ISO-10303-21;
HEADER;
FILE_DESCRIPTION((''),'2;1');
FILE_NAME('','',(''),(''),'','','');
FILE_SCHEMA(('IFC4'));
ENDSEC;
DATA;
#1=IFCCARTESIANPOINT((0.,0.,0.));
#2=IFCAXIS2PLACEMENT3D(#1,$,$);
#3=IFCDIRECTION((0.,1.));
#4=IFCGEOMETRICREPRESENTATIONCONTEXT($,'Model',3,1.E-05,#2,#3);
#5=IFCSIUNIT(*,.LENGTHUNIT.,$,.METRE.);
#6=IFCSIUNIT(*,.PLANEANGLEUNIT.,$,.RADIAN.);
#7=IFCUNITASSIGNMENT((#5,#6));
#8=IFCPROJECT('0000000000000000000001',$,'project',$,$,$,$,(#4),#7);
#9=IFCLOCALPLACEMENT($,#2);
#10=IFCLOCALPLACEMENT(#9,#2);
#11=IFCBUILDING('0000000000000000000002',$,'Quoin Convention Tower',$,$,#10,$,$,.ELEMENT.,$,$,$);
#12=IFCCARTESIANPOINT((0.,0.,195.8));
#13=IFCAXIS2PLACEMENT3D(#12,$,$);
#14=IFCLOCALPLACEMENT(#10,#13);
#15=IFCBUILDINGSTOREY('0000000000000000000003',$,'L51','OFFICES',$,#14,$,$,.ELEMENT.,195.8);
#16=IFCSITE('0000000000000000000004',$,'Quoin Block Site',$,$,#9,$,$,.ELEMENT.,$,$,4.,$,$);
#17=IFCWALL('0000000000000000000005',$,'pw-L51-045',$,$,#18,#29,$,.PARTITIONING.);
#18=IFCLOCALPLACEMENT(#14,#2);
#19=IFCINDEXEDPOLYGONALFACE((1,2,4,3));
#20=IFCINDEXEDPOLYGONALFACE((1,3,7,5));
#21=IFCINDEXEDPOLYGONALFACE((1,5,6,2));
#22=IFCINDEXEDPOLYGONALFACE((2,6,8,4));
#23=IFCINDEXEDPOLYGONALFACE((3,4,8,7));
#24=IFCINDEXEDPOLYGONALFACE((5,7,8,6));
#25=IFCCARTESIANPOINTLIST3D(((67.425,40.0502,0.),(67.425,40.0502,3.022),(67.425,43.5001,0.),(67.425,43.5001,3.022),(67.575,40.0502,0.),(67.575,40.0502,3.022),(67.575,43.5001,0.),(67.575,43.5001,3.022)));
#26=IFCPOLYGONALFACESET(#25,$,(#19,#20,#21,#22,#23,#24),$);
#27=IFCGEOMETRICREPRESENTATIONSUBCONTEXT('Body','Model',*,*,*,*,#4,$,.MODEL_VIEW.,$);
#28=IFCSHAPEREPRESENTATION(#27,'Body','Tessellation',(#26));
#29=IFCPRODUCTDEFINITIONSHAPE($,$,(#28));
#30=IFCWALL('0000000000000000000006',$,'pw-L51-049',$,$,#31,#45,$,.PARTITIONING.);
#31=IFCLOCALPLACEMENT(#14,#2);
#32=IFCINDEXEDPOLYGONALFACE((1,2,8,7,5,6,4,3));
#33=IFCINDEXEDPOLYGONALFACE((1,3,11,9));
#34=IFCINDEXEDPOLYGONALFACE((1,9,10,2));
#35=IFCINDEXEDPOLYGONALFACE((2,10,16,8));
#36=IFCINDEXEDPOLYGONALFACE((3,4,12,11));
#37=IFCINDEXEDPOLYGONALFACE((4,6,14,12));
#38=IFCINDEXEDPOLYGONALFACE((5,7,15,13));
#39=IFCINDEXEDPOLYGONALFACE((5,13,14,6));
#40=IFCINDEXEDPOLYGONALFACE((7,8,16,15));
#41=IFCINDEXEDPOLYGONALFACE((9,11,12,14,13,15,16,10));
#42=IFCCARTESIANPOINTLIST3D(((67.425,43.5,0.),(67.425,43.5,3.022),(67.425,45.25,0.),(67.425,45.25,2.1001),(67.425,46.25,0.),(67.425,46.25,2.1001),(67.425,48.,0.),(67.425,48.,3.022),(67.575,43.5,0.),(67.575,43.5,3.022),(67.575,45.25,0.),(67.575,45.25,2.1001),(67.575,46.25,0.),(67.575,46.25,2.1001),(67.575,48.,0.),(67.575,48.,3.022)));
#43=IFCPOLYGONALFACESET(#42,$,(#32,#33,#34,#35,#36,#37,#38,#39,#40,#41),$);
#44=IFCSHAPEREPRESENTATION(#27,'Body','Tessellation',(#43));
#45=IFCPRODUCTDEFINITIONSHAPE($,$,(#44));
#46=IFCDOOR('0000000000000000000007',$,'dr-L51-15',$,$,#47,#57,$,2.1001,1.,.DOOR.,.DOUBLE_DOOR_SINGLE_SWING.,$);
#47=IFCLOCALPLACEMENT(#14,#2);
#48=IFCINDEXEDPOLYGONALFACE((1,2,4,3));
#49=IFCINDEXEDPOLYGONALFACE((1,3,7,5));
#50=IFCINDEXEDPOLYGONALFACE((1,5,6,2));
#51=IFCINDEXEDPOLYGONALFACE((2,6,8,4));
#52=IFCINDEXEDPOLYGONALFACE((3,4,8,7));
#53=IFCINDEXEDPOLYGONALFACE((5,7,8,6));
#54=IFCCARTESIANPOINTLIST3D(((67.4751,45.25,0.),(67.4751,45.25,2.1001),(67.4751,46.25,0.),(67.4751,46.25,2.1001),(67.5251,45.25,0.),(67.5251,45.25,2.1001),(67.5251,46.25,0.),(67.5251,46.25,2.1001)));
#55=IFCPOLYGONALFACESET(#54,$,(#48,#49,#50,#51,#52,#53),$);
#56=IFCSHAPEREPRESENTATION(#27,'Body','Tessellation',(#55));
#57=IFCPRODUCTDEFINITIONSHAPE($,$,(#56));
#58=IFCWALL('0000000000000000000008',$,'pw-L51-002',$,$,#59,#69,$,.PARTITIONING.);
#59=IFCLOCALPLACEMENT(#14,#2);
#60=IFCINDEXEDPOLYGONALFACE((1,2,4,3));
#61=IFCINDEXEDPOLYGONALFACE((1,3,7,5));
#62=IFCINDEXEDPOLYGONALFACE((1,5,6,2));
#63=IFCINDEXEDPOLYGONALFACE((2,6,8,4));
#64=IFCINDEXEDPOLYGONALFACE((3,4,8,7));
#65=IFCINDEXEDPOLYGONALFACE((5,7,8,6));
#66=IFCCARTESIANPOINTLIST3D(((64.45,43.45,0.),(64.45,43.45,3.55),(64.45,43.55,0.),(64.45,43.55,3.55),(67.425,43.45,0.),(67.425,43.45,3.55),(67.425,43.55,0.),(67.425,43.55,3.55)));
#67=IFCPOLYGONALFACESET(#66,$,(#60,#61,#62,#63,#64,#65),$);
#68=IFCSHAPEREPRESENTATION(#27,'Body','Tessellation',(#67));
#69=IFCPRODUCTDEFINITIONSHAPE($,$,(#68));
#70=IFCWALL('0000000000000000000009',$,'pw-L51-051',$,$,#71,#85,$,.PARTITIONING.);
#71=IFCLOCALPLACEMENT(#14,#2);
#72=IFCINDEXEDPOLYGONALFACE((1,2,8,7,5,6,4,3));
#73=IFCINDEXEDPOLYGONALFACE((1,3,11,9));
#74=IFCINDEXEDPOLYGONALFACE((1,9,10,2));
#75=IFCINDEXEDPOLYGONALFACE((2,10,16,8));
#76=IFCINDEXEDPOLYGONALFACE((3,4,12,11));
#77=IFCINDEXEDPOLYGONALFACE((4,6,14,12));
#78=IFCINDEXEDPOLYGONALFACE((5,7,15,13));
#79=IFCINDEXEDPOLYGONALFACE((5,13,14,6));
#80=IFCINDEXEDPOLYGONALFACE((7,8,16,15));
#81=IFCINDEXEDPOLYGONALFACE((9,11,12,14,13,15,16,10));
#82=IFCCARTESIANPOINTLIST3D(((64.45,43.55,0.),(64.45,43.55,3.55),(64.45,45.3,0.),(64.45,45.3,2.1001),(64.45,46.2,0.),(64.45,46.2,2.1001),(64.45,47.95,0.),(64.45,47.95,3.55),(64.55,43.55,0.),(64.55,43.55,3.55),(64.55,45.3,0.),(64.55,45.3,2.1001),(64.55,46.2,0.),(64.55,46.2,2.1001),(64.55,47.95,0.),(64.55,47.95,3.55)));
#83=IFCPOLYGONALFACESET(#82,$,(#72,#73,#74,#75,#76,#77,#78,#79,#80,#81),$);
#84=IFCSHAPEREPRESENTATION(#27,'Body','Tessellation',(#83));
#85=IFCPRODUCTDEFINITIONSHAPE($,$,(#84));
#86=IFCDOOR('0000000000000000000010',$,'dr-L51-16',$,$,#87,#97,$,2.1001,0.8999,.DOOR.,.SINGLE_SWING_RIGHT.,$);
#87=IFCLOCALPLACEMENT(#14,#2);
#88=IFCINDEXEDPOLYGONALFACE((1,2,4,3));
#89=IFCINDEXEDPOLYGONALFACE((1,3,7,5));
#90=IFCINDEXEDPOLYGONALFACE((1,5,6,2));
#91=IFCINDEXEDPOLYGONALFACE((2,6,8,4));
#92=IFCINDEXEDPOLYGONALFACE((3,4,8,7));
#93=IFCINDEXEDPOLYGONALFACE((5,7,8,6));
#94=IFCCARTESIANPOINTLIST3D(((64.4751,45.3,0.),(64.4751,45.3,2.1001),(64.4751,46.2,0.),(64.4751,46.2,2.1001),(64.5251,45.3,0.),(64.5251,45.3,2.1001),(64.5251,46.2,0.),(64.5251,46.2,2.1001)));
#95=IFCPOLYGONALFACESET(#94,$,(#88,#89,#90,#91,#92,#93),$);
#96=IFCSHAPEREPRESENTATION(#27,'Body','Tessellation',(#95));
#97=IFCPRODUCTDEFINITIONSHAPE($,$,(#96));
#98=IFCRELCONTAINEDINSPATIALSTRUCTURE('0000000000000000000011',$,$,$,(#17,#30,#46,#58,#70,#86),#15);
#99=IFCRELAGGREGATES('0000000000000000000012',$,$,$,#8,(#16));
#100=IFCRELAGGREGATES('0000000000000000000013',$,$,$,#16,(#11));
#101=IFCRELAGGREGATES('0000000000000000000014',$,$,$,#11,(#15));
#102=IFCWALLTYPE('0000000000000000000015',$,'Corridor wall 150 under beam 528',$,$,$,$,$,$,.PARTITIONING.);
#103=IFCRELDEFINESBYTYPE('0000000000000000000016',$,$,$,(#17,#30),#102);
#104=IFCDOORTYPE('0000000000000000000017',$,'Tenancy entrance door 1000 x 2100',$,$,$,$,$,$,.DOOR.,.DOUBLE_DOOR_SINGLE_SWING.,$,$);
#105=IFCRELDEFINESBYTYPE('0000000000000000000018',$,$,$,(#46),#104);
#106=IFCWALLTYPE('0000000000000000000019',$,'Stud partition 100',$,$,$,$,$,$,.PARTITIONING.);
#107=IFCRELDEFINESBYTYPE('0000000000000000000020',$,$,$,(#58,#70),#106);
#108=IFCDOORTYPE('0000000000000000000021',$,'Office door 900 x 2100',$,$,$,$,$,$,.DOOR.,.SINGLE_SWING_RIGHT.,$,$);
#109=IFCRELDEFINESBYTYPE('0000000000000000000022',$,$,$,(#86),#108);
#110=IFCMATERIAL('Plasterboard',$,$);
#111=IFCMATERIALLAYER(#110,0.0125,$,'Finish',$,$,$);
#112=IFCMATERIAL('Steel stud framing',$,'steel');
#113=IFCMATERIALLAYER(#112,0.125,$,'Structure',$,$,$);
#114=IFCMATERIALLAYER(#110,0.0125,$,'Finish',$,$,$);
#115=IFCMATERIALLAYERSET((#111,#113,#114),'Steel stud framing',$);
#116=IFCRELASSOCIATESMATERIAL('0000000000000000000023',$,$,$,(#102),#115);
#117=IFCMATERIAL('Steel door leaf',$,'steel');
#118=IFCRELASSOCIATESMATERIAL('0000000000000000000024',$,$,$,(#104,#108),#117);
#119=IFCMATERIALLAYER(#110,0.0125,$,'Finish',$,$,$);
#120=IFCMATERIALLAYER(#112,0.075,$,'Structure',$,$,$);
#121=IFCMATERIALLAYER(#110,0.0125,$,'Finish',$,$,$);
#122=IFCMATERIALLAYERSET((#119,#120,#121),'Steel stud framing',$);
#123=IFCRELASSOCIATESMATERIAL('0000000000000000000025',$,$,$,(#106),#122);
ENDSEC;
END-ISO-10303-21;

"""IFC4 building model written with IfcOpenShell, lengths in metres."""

from ifc_helpers import new_model, si_unit, direction, frame, frame_2d, origin, place, context, subcontext, project, spatial, rectangle, extrude, material, layer, layer_set, type_object, element, fill, save


model = new_model("IFC4")

# Units and contexts
model_context = context("Model", 3, precision=1e-05, world=origin(), true_north=direction((0.0, 1.0)))
body_context = subcontext(model_context, "Body", "Model", "MODEL_VIEW")
ifc_project = project(units=[si_unit("LENGTHUNIT", "METRE"), si_unit("PLANEANGLEUNIT", "RADIAN")], contexts=[model_context])

# Site, building, storey
site_placement = place(None, origin())
site = spatial("IfcSite", under=ifc_project, at=site_placement, Name="Quoin Block Site", CompositionType="ELEMENT", RefElevation=4.0)
building_placement = place(site_placement, origin())
building = spatial("IfcBuilding", under=site, at=building_placement, Name="Quoin Convention Tower", CompositionType="ELEMENT")
storey_placement = place(building_placement, frame((0.0, 0.0, 195.8)))
storey = spatial("IfcBuildingStorey", under=building, at=storey_placement, Name="L51", Description="OFFICES", CompositionType="ELEMENT", Elevation=195.8)

# Wall
ifc_material_1 = material(Name="Plasterboard")
ifc_layer_1 = layer(ifc_material_1, 0.0125, Name="Finish")
ifc_material_2 = material(Name="Steel stud framing", Category="steel")
ifc_layer_2 = layer(ifc_material_2, 0.125, Name="Structure")
ifc_layer_3 = layer(ifc_material_1, 0.0125, Name="Finish")
ifc_layer_set_1 = layer_set([ifc_layer_1, ifc_layer_2, ifc_layer_3], Name="Steel stud framing")
wall_type_1 = type_object("IfcWallType", Name="Corridor wall 150 under beam 528", PredefinedType="PARTITIONING", material=ifc_layer_set_1)
wall_1_placement = place(storey_placement, frame((67.5, 40.05, 0.0), z_axis=(0.0, 0.0, 1.0), x_axis=(0.0, 1.0, 0.0)))
element("IfcWall", 1, at=wall_1_placement, inside=storey, type_object=wall_type_1, Name="pw-L51-045", PredefinedType="PARTITIONING", context=body_context, shape_type="SweptSolid", body=[
    extrude(rectangle(XDim=3.45, YDim=0.1499, at=frame_2d((1.7251, 0.0))), origin(), (0.0, 0.0, 1.0), 3.022),
])

# Wall, opening, door
wall_2_placement = place(storey_placement, frame((67.5, 43.5, 0.0), z_axis=(0.0, 0.0, 1.0), x_axis=(0.0, 1.0, 0.0)))
wall_2 = element("IfcWall", 2, at=wall_2_placement, inside=storey, type_object=wall_type_1, Name="pw-L51-049", PredefinedType="PARTITIONING", context=body_context, shape_type="SweptSolid", body=[
    extrude(rectangle(XDim=4.5, YDim=0.1499, at=frame_2d((2.25, 0.0))), origin(), (0.0, 0.0, 1.0), 3.022),
])
opening_1_placement = place(wall_2_placement, frame((1.75, 0.0, 0.0)))
opening_1 = element("IfcOpeningElement", 3, at=opening_1_placement, cuts=wall_2, PredefinedType="OPENING", context=body_context, shape_type="SweptSolid", body=[
    extrude(rectangle(XDim=1.0, YDim=2.1001, at=frame_2d((0.5, 1.05))), frame((0.0, 0.085, 0.0), z_axis=(0.0, -1.0, 0.0), x_axis=(1.0, 0.0, 0.0)), (0.0, 0.0, 1.0), 0.1699),
])
ifc_material_3 = material(Name="Steel door leaf", Category="steel")
door_type_1 = type_object("IfcDoorType", Name="Tenancy entrance door 1000 x 2100", OperationType="DOUBLE_DOOR_SINGLE_SWING", PredefinedType="DOOR", material=ifc_material_3)
door_1_placement = place(opening_1_placement, origin())
door_1 = element("IfcDoor", 4, at=door_1_placement, inside=storey, type_object=door_type_1, Name="dr-L51-15", OperationType="DOUBLE_DOOR_SINGLE_SWING", OverallHeight=2.1001, OverallWidth=1.0, PredefinedType="DOOR", context=body_context, shape_type="SweptSolid", body=[
    extrude(rectangle(XDim=1.0, YDim=2.1001, at=frame_2d((0.5, 1.05))), frame((0.0, 0.0249, 0.0), z_axis=(0.0, -1.0, 0.0), x_axis=(1.0, 0.0, 0.0)), (0.0, 0.0, 1.0), 0.05),
])
fill(opening_1, door_1)

# Wall
ifc_layer_4 = layer(ifc_material_1, 0.0125, Name="Finish")
ifc_layer_5 = layer(ifc_material_2, 0.075, Name="Structure")
ifc_layer_6 = layer(ifc_material_1, 0.0125, Name="Finish")
ifc_layer_set_2 = layer_set([ifc_layer_4, ifc_layer_5, ifc_layer_6], Name="Steel stud framing")
wall_type_2 = type_object("IfcWallType", Name="Stud partition 100", PredefinedType="PARTITIONING", material=ifc_layer_set_2)
wall_3_placement = place(storey_placement, frame((64.45, 43.5, 0.0), z_axis=(0.0, 0.0, 1.0), x_axis=(1.0, 0.0, 0.0)))
element("IfcWall", 5, at=wall_3_placement, inside=storey, type_object=wall_type_2, Name="pw-L51-002", PredefinedType="PARTITIONING", context=body_context, shape_type="SweptSolid", body=[
    extrude(rectangle(XDim=2.9751, YDim=0.1001, at=frame_2d((1.4875, 0.0))), origin(), (0.0, 0.0, 1.0), 3.55),
])

# Wall, opening, door
wall_4_placement = place(storey_placement, frame((64.5, 43.55, 0.0), z_axis=(0.0, 0.0, 1.0), x_axis=(0.0, 1.0, 0.0)))
wall_4 = element("IfcWall", 6, at=wall_4_placement, inside=storey, type_object=wall_type_2, Name="pw-L51-051", PredefinedType="PARTITIONING", context=body_context, shape_type="SweptSolid", body=[
    extrude(rectangle(XDim=4.3999, YDim=0.1001, at=frame_2d((2.2, 0.0))), origin(), (0.0, 0.0, 1.0), 3.55),
])
opening_2_placement = place(wall_4_placement, frame((1.75, 0.0, 0.0)))
opening_2 = element("IfcOpeningElement", 7, at=opening_2_placement, cuts=wall_4, PredefinedType="OPENING", context=body_context, shape_type="SweptSolid", body=[
    extrude(rectangle(XDim=0.8999, YDim=2.1001, at=frame_2d((0.45, 1.05))), frame((0.0, 0.0601, 0.0), z_axis=(0.0, -1.0, 0.0), x_axis=(1.0, 0.0, 0.0)), (0.0, 0.0, 1.0), 0.1201),
])
door_type_2 = type_object("IfcDoorType", Name="Office door 900 x 2100", OperationType="SINGLE_SWING_RIGHT", PredefinedType="DOOR", material=ifc_material_3)
door_2_placement = place(opening_2_placement, origin())
door_2 = element("IfcDoor", 8, at=door_2_placement, inside=storey, type_object=door_type_2, Name="dr-L51-16", OperationType="SINGLE_SWING_RIGHT", OverallHeight=2.1001, OverallWidth=0.8999, PredefinedType="DOOR", context=body_context, shape_type="SweptSolid", body=[
    extrude(rectangle(XDim=0.8999, YDim=2.1001, at=frame_2d((0.45, 1.05))), frame((0.0, 0.0249, 0.0), z_axis=(0.0, -1.0, 0.0), x_axis=(1.0, 0.0, 0.0)), (0.0, 0.0, 1.0), 0.05),
])
fill(opening_2, door_2)

save(model, "model.ifc")
